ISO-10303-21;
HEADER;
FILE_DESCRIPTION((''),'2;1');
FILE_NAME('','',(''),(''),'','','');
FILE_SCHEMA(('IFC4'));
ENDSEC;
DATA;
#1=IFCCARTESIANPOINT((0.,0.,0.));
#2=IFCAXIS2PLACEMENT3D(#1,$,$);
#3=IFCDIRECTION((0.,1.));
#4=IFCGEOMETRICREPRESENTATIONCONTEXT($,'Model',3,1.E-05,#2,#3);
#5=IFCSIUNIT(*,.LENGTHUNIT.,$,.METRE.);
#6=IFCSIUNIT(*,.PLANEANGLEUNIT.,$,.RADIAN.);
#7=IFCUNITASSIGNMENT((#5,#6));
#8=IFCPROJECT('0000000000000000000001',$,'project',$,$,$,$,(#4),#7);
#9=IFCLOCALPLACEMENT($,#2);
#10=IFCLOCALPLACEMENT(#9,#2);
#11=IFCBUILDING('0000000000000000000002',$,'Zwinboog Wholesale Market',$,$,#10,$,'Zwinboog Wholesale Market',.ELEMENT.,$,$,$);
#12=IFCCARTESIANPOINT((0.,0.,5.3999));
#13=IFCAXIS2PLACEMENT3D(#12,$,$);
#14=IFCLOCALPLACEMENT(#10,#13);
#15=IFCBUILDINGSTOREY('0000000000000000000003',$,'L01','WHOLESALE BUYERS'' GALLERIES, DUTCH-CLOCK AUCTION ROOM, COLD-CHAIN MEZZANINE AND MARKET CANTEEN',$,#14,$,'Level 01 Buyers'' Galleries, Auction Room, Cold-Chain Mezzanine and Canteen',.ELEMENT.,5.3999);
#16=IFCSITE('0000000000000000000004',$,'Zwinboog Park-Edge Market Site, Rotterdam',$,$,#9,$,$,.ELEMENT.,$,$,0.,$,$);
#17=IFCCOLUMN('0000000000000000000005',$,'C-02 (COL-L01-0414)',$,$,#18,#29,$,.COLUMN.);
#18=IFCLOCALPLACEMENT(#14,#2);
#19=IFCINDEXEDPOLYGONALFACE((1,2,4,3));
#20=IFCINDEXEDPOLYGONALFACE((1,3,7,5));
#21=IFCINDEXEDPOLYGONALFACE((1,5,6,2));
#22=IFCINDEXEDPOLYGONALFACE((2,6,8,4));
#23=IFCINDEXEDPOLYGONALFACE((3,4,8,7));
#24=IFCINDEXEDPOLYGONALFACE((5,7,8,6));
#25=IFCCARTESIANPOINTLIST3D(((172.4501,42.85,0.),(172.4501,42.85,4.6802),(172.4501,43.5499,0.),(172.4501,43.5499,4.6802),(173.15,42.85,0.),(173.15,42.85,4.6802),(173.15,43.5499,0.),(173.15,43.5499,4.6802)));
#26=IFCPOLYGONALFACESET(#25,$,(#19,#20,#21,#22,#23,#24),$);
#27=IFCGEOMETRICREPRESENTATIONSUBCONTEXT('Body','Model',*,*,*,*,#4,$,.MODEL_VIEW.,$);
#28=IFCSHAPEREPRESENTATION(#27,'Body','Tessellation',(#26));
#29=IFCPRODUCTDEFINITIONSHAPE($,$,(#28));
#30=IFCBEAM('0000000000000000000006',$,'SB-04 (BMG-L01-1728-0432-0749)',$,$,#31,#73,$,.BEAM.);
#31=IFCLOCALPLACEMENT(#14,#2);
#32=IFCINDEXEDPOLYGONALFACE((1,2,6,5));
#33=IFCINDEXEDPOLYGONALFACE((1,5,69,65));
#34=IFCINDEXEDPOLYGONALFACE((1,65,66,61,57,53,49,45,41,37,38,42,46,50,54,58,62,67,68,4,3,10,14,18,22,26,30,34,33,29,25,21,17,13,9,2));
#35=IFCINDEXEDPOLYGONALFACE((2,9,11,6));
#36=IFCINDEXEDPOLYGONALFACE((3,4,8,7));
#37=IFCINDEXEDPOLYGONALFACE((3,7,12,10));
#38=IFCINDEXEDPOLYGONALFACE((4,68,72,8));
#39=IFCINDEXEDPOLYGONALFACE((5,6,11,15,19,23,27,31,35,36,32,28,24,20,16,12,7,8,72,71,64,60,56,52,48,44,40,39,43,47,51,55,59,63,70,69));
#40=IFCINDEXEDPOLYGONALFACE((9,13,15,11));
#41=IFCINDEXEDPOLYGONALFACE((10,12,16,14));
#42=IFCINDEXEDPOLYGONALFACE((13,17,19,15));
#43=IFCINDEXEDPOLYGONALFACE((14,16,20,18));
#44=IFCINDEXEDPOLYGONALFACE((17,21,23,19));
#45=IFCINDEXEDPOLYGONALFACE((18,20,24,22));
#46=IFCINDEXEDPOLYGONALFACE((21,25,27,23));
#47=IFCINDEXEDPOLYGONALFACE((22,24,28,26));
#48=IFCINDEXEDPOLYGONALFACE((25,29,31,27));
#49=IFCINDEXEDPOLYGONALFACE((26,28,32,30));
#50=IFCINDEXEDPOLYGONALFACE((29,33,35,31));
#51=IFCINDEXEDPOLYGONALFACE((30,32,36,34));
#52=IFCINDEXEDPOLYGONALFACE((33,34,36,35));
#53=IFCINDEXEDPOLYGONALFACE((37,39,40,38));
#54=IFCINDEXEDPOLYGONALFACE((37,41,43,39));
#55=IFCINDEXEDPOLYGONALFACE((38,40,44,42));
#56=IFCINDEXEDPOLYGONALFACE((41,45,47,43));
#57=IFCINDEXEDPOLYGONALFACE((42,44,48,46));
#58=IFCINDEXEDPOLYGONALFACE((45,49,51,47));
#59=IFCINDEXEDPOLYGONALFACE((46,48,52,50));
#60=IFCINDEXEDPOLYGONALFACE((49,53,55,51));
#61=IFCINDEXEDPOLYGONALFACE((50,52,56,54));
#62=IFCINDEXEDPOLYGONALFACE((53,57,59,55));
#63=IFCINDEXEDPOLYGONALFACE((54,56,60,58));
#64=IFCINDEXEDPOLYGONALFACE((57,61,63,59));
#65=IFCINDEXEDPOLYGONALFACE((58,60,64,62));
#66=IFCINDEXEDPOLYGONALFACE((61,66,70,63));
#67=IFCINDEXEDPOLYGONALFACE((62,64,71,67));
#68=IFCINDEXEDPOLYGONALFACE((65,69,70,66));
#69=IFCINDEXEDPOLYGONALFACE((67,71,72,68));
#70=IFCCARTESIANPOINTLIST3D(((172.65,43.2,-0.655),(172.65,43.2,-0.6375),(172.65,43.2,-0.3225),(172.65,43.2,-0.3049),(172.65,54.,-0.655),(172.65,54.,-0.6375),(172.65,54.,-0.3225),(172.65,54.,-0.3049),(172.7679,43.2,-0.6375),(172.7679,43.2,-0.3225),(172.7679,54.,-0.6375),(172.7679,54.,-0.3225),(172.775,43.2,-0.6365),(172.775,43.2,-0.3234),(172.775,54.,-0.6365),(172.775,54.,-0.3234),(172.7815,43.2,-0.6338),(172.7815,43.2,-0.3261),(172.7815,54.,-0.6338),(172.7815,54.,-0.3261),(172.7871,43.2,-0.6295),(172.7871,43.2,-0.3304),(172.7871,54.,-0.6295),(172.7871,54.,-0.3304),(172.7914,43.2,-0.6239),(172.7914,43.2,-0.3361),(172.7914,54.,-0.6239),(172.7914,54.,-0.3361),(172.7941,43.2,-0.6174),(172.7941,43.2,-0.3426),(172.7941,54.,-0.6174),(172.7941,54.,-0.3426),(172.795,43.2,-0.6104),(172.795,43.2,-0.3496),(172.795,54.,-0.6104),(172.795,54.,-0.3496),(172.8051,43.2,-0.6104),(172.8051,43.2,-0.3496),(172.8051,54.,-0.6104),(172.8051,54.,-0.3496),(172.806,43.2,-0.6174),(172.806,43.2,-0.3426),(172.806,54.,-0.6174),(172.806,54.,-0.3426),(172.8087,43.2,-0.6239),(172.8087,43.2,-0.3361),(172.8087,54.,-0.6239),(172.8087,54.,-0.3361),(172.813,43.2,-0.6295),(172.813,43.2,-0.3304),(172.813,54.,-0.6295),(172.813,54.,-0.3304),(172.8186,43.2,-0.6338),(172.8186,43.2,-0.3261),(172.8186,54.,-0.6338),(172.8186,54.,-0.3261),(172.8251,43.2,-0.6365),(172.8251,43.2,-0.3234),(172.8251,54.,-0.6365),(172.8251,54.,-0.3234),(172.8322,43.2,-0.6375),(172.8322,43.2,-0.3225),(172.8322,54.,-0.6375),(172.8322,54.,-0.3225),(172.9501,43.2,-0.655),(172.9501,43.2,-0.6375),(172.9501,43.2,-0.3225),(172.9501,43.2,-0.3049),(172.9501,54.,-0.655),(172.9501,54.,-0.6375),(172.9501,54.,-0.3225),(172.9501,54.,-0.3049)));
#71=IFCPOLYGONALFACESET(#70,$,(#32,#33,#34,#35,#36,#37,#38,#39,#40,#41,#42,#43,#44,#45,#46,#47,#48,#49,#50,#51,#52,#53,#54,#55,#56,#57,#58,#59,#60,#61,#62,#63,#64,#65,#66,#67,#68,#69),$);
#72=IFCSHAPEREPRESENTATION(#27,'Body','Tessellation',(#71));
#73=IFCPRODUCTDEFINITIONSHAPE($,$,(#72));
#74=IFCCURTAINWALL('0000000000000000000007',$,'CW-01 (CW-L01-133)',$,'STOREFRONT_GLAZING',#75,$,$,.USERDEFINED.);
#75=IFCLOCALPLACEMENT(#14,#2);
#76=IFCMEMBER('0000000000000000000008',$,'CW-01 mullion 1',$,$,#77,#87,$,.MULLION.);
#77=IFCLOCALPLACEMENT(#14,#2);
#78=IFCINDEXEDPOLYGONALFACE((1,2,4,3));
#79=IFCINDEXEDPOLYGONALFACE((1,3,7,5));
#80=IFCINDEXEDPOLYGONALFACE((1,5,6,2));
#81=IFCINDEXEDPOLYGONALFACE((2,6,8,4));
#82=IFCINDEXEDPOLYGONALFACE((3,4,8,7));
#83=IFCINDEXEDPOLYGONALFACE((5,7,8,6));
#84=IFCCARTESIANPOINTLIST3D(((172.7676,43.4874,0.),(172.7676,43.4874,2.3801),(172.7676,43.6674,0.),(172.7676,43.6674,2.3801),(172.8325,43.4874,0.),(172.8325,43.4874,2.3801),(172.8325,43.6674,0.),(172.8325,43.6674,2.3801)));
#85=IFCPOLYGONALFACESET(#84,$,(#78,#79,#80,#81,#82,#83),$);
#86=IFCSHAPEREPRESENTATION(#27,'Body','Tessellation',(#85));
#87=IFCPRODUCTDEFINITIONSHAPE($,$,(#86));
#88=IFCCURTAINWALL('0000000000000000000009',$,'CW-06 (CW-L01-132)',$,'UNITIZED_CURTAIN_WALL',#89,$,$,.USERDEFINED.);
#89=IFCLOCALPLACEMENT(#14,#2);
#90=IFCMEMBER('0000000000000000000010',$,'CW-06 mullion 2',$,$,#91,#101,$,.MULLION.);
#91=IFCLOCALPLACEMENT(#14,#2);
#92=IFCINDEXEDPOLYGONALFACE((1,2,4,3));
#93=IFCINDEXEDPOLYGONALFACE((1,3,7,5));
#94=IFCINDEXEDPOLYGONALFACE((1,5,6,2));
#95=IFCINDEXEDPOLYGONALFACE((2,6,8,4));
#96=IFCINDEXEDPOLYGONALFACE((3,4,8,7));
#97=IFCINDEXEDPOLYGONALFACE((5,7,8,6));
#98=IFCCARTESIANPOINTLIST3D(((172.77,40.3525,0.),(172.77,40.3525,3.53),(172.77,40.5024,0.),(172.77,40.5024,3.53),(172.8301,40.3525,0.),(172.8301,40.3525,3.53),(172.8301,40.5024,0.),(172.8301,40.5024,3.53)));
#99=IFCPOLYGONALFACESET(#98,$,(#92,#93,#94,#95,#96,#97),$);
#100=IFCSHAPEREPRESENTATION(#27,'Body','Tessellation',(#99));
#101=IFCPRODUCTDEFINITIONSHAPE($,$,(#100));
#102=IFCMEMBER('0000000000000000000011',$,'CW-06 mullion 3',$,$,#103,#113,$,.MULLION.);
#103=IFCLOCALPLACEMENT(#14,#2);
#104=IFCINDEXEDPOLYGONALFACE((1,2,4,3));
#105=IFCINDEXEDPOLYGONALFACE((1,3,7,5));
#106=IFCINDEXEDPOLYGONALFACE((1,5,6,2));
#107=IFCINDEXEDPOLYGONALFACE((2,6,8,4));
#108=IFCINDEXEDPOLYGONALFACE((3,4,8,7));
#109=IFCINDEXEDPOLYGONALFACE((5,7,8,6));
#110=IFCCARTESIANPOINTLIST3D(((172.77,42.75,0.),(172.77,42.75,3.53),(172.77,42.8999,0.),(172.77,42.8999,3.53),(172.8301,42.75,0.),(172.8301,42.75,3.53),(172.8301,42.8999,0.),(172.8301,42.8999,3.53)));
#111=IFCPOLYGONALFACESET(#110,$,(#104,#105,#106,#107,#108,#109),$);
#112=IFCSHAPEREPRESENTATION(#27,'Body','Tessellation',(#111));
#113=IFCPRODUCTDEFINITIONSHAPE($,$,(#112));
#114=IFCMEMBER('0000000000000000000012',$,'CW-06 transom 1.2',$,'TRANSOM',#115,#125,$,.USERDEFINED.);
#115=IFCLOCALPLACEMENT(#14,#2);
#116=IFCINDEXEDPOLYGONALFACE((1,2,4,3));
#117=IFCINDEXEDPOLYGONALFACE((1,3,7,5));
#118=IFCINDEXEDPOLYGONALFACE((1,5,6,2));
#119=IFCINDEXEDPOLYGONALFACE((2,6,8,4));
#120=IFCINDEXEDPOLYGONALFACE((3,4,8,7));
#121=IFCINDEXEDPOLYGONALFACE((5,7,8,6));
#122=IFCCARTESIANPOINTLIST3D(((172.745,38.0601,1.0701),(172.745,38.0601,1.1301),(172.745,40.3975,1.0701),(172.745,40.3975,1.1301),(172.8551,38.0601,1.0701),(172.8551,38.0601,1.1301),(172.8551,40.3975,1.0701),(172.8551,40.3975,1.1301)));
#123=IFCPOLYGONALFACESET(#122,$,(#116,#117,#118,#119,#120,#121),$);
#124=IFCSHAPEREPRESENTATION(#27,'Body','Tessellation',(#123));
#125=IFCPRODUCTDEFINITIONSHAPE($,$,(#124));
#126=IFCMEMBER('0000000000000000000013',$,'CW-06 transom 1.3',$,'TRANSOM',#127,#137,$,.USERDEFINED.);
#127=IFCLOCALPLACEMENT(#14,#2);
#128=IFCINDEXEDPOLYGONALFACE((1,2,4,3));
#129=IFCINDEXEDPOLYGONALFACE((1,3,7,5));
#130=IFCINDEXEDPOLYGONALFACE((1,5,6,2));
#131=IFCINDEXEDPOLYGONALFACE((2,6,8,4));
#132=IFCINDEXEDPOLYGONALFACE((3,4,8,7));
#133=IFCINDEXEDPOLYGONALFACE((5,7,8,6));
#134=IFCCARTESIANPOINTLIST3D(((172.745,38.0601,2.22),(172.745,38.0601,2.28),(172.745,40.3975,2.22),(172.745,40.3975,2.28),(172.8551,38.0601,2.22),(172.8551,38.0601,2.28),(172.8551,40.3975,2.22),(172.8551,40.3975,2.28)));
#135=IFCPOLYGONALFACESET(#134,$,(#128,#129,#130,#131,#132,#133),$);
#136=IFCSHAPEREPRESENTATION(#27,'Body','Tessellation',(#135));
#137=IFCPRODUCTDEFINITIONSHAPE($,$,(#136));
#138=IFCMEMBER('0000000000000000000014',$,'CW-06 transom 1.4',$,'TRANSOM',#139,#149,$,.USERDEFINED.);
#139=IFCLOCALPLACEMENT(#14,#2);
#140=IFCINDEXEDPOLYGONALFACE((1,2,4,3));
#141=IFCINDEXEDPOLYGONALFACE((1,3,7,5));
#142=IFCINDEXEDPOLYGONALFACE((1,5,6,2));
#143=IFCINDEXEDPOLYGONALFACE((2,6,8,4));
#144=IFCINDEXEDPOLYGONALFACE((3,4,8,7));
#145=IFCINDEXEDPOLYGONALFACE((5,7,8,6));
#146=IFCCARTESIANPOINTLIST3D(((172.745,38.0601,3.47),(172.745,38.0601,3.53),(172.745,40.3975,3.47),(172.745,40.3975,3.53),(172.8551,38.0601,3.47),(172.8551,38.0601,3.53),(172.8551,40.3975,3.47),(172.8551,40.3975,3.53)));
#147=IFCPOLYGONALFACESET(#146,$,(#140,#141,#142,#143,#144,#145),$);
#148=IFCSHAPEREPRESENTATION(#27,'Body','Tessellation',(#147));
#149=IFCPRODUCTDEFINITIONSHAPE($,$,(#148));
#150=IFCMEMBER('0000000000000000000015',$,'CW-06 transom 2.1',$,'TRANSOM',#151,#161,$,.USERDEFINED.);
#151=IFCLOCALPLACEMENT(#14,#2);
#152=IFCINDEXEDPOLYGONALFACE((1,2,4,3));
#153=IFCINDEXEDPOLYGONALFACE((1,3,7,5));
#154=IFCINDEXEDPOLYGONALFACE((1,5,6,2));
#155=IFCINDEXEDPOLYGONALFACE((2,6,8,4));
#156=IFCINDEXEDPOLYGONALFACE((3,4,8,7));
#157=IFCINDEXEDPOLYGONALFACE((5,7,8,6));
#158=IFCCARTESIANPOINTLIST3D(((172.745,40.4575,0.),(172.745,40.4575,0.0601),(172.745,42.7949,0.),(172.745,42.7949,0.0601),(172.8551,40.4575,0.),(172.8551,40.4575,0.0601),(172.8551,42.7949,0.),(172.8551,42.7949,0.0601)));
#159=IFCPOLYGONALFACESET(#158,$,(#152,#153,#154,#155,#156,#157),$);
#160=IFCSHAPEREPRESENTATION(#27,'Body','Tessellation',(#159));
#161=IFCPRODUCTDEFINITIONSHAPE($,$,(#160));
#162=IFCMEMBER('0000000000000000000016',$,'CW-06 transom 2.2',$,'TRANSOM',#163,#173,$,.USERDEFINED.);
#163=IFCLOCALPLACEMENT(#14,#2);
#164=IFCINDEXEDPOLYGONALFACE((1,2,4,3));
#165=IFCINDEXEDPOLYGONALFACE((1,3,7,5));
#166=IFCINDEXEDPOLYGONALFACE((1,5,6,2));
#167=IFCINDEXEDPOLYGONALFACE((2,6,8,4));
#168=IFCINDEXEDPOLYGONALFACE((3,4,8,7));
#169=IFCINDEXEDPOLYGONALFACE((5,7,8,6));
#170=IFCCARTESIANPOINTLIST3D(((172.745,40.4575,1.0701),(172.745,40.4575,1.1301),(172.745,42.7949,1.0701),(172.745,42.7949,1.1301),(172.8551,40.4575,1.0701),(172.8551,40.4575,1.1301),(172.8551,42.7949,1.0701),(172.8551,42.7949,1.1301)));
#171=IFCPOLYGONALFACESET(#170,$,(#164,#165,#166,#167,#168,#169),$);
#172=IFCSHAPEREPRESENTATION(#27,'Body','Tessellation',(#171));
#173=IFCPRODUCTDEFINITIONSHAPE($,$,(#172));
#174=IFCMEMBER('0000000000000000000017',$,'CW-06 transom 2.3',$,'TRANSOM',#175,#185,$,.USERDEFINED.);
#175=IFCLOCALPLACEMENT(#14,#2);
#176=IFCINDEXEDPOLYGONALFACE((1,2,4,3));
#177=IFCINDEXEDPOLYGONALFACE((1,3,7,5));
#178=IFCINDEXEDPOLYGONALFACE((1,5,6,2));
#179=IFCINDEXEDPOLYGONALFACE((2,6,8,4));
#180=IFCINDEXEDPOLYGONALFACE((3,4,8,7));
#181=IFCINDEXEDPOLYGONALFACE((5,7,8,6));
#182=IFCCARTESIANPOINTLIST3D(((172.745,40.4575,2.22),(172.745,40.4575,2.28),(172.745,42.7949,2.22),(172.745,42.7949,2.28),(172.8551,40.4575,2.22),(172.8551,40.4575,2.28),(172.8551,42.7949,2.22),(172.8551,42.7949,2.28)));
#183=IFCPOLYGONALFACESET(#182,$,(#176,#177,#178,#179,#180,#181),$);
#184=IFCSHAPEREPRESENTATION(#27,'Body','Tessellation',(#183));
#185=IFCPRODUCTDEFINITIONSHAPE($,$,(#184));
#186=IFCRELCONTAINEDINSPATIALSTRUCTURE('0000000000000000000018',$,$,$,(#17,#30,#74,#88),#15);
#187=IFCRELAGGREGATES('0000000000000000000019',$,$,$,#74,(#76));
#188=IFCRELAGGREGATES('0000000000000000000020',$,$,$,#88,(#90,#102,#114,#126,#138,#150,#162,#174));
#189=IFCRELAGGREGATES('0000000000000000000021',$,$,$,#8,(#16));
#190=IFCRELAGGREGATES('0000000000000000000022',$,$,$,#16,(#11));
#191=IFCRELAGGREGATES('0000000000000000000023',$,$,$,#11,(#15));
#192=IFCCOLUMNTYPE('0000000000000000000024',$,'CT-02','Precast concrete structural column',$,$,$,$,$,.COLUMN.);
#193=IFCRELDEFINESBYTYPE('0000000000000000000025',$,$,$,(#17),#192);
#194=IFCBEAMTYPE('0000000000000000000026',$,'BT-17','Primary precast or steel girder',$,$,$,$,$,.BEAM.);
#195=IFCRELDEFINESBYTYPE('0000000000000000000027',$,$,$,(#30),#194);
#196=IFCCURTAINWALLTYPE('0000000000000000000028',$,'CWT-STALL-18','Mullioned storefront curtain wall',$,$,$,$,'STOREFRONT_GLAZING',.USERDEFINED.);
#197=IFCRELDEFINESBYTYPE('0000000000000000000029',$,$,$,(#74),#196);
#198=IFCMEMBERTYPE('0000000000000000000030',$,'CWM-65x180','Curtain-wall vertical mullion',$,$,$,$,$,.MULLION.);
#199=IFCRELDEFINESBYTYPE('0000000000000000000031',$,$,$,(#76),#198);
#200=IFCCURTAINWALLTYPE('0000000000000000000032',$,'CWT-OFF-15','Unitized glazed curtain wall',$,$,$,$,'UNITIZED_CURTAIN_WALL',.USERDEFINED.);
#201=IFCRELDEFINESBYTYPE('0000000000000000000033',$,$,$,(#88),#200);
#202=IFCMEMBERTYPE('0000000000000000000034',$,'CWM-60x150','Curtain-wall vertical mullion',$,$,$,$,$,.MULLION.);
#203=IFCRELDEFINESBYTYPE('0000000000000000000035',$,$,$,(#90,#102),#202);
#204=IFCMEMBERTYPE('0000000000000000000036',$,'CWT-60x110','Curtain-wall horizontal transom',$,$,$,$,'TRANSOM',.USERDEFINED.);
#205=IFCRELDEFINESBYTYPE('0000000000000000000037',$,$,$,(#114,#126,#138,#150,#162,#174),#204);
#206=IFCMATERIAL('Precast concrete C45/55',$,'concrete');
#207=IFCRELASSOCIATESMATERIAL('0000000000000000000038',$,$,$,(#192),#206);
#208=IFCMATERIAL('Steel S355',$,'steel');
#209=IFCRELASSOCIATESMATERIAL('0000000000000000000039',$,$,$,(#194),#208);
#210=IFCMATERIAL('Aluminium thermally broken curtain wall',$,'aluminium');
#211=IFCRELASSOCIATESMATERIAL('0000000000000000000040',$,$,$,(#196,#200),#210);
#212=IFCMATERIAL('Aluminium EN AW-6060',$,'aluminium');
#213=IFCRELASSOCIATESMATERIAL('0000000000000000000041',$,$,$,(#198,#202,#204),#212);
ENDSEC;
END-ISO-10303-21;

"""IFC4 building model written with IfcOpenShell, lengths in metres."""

from ifc_helpers import new_model, si_unit, direction, frame, origin, origin_2d, place, context, subcontext, project, spatial, rectangle, i_section, extrude, material, material_profile, profile_set, type_object, element, aggregate, save


model = new_model("IFC4")

# Units and contexts
model_context = context("Model", 3, precision=1e-05, world=origin(), true_north=direction((0.0, 1.0)))
body_context = subcontext(model_context, "Body", "Model", "MODEL_VIEW")
ifc_project = project(units=[si_unit("LENGTHUNIT", "METRE"), si_unit("PLANEANGLEUNIT", "RADIAN")], contexts=[model_context])

# Site, building, storey
site_placement = place(None, origin())
site = spatial("IfcSite", under=ifc_project, at=site_placement, Name="Zwinboog Park-Edge Market Site, Rotterdam", CompositionType="ELEMENT", RefElevation=0.0)
building_placement = place(site_placement, origin())
building = spatial("IfcBuilding", under=site, at=building_placement, Name="Zwinboog Wholesale Market", LongName="Zwinboog Wholesale Market", CompositionType="ELEMENT")
storey_placement = place(building_placement, frame((0.0, 0.0, 5.3999)))
storey = spatial("IfcBuildingStorey", under=building, at=storey_placement, Name="L01", Description="WHOLESALE BUYERS' GALLERIES, DUTCH-CLOCK AUCTION ROOM, COLD-CHAIN MEZZANINE AND MARKET CANTEEN", LongName="Level 01 Buyers' Galleries, Auction Room, Cold-Chain Mezzanine and Canteen", CompositionType="ELEMENT", Elevation=5.3999)

# Column
ifc_material_1 = material(Name="Precast concrete C45/55", Category="concrete")
ifc_material_profile_1 = material_profile(ifc_material_1, rectangle(XDim=0.7, YDim=0.7, at=origin_2d()), Name="PC 700x700")
ifc_profile_set_1 = profile_set([ifc_material_profile_1], Name="Precast concrete C45/55")
column_type = type_object("IfcColumnType", Name="CT-02", Description="Precast concrete structural column", PredefinedType="COLUMN", material=ifc_profile_set_1)
column_placement = place(storey_placement, frame((172.8, 43.2, 0.0), z_axis=(0.0, 0.0, 1.0), x_axis=(1.0, 0.0, 0.0)))
element("IfcColumn", 1, at=column_placement, inside=storey, type_object=column_type, Name="C-02 (COL-L01-0414)", PredefinedType="COLUMN", context=body_context, shape_type="SweptSolid", body=[
    extrude(rectangle(XDim=0.7, YDim=0.7, at=origin_2d()), origin(), (0.0, 0.0, 1.0), 4.6802),
])

# Beam
ifc_material_2 = material(Name="Steel S355", Category="steel")
ifc_material_profile_2 = material_profile(ifc_material_2, i_section(OverallWidth=0.3, OverallDepth=0.3501, WebThickness=0.01, FlangeThickness=0.0176, FilletRadius=0.0271, at=origin_2d()), Name="HEA 360")
ifc_profile_set_2 = profile_set([ifc_material_profile_2], Name="Steel S355")
beam_type = type_object("IfcBeamType", Name="BT-17", Description="Primary precast or steel girder", PredefinedType="BEAM", material=ifc_profile_set_2)
beam_placement = place(storey_placement, frame((172.8, 43.2, -0.48), z_axis=(0.0, 1.0, 0.0), x_axis=(-1.0, 0.0, 0.0)))
element("IfcBeam", 2, at=beam_placement, inside=storey, type_object=beam_type, Name="SB-04 (BMG-L01-1728-0432-0749)", PredefinedType="BEAM", context=body_context, shape_type="SweptSolid", body=[
    extrude(i_section(OverallWidth=0.3, OverallDepth=0.3501, WebThickness=0.01, FlangeThickness=0.0176, FilletRadius=0.0271, at=origin_2d()), origin(), (0.0, 0.0, 1.0), 10.8),
])

# Curtain wall, member
ifc_material_3 = material(Name="Aluminium thermally broken curtain wall", Category="aluminium")
curtain_wall_type_1 = type_object("IfcCurtainWallType", Name="CWT-STALL-18", Description="Mullioned storefront curtain wall", ElementType="STOREFRONT_GLAZING", PredefinedType="USERDEFINED", material=ifc_material_3)
curtain_wall_1_placement = place(storey_placement, origin())
curtain_wall_1 = element("IfcCurtainWall", 3, at=curtain_wall_1_placement, inside=storey, type_object=curtain_wall_type_1, Name="CW-01 (CW-L01-133)", ObjectType="STOREFRONT_GLAZING", PredefinedType="USERDEFINED")
ifc_material_4 = material(Name="Aluminium EN AW-6060", Category="aluminium")
ifc_material_profile_3 = material_profile(ifc_material_4, rectangle(XDim=0.0649, YDim=0.1799, at=origin_2d()), Name="AL 65x180")
ifc_profile_set_3 = profile_set([ifc_material_profile_3], Name="Aluminium EN AW-6060")
member_type_1 = type_object("IfcMemberType", Name="CWM-65x180", Description="Curtain-wall vertical mullion", PredefinedType="MULLION", material=ifc_profile_set_3)
member_1_placement = place(storey_placement, frame((172.8, 43.5774, 0.0), z_axis=(0.0, 0.0, 1.0), x_axis=(-1.0, 0.0, 0.0)))
member_1 = element("IfcMember", 4, at=member_1_placement, type_object=member_type_1, Name="CW-01 mullion 1", PredefinedType="MULLION", context=body_context, shape_type="SweptSolid", body=[
    extrude(rectangle(XDim=0.0649, YDim=0.1799, at=origin_2d()), origin(), (0.0, 0.0, 1.0), 2.3801),
])
aggregate(curtain_wall_1, [member_1])

# Curtain wall, members
curtain_wall_type_2 = type_object("IfcCurtainWallType", Name="CWT-OFF-15", Description="Unitized glazed curtain wall", ElementType="UNITIZED_CURTAIN_WALL", PredefinedType="USERDEFINED", material=ifc_material_3)
curtain_wall_2_placement = place(storey_placement, origin())
curtain_wall_2 = element("IfcCurtainWall", 5, at=curtain_wall_2_placement, inside=storey, type_object=curtain_wall_type_2, Name="CW-06 (CW-L01-132)", ObjectType="UNITIZED_CURTAIN_WALL", PredefinedType="USERDEFINED")
ifc_material_profile_4 = material_profile(ifc_material_4, rectangle(XDim=0.0601, YDim=0.1499, at=origin_2d()), Name="AL 60x150")
ifc_profile_set_4 = profile_set([ifc_material_profile_4], Name="Aluminium EN AW-6060")
member_type_2 = type_object("IfcMemberType", Name="CWM-60x150", Description="Curtain-wall vertical mullion", PredefinedType="MULLION", material=ifc_profile_set_4)
member_2_placement = place(storey_placement, frame((172.8, 40.4275, 0.0), z_axis=(0.0, 0.0, 1.0), x_axis=(-1.0, 0.0, 0.0)))
member_2 = element("IfcMember", 6, at=member_2_placement, type_object=member_type_2, Name="CW-06 mullion 2", PredefinedType="MULLION", context=body_context, shape_type="SweptSolid", body=[
    extrude(rectangle(XDim=0.0601, YDim=0.1499, at=origin_2d()), origin(), (0.0, 0.0, 1.0), 3.53),
])
member_3_placement = place(storey_placement, frame((172.8, 42.825, 0.0), z_axis=(0.0, 0.0, 1.0), x_axis=(-1.0, 0.0, 0.0)))
member_3 = element("IfcMember", 7, at=member_3_placement, type_object=member_type_2, Name="CW-06 mullion 3", PredefinedType="MULLION", context=body_context, shape_type="SweptSolid", body=[
    extrude(rectangle(XDim=0.0601, YDim=0.1499, at=origin_2d()), origin(), (0.0, 0.0, 1.0), 3.53),
])
ifc_material_profile_5 = material_profile(ifc_material_4, rectangle(XDim=0.1101, YDim=0.0601, at=origin_2d()), Name="AL 60x110")
ifc_profile_set_5 = profile_set([ifc_material_profile_5], Name="Aluminium EN AW-6060")
member_type_3 = type_object("IfcMemberType", Name="CWT-60x110", Description="Curtain-wall horizontal transom", ElementType="TRANSOM", PredefinedType="USERDEFINED", material=ifc_profile_set_5)
member_4_placement = place(storey_placement, frame((172.8, 38.0601, 1.1001), z_axis=(0.0, 1.0, 0.0), x_axis=(-1.0, 0.0, 0.0)))
member_4 = element("IfcMember", 8, at=member_4_placement, type_object=member_type_3, Name="CW-06 transom 1.2", ObjectType="TRANSOM", PredefinedType="USERDEFINED", context=body_context, shape_type="SweptSolid", body=[
    extrude(rectangle(XDim=0.1101, YDim=0.0601, at=origin_2d()), origin(), (0.0, 0.0, 1.0), 2.3374),
])
member_5_placement = place(storey_placement, frame((172.8, 38.0601, 2.25), z_axis=(0.0, 1.0, 0.0), x_axis=(-1.0, 0.0, 0.0)))
member_5 = element("IfcMember", 9, at=member_5_placement, type_object=member_type_3, Name="CW-06 transom 1.3", ObjectType="TRANSOM", PredefinedType="USERDEFINED", context=body_context, shape_type="SweptSolid", body=[
    extrude(rectangle(XDim=0.1101, YDim=0.0601, at=origin_2d()), origin(), (0.0, 0.0, 1.0), 2.3374),
])
member_6_placement = place(storey_placement, frame((172.8, 38.0601, 3.5), z_axis=(0.0, 1.0, 0.0), x_axis=(-1.0, 0.0, 0.0)))
member_6 = element("IfcMember", 10, at=member_6_placement, type_object=member_type_3, Name="CW-06 transom 1.4", ObjectType="TRANSOM", PredefinedType="USERDEFINED", context=body_context, shape_type="SweptSolid", body=[
    extrude(rectangle(XDim=0.1101, YDim=0.0601, at=origin_2d()), origin(), (0.0, 0.0, 1.0), 2.3374),
])
member_7_placement = place(storey_placement, frame((172.8, 40.4575, 0.03), z_axis=(0.0, 1.0, 0.0), x_axis=(-1.0, 0.0, 0.0)))
member_7 = element("IfcMember", 11, at=member_7_placement, type_object=member_type_3, Name="CW-06 transom 2.1", ObjectType="TRANSOM", PredefinedType="USERDEFINED", context=body_context, shape_type="SweptSolid", body=[
    extrude(rectangle(XDim=0.1101, YDim=0.0601, at=origin_2d()), origin(), (0.0, 0.0, 1.0), 2.3374),
])
member_8_placement = place(storey_placement, frame((172.8, 40.4575, 1.1001), z_axis=(0.0, 1.0, 0.0), x_axis=(-1.0, 0.0, 0.0)))
member_8 = element("IfcMember", 12, at=member_8_placement, type_object=member_type_3, Name="CW-06 transom 2.2", ObjectType="TRANSOM", PredefinedType="USERDEFINED", context=body_context, shape_type="SweptSolid", body=[
    extrude(rectangle(XDim=0.1101, YDim=0.0601, at=origin_2d()), origin(), (0.0, 0.0, 1.0), 2.3374),
])
member_9_placement = place(storey_placement, frame((172.8, 40.4575, 2.25), z_axis=(0.0, 1.0, 0.0), x_axis=(-1.0, 0.0, 0.0)))
member_9 = element("IfcMember", 13, at=member_9_placement, type_object=member_type_3, Name="CW-06 transom 2.3", ObjectType="TRANSOM", PredefinedType="USERDEFINED", context=body_context, shape_type="SweptSolid", body=[
    extrude(rectangle(XDim=0.1101, YDim=0.0601, at=origin_2d()), origin(), (0.0, 0.0, 1.0), 2.3374),
])
aggregate(curtain_wall_2, [member_2, member_3, member_4, member_5, member_6, member_7, member_8, member_9])

save(model, "model.ifc")
